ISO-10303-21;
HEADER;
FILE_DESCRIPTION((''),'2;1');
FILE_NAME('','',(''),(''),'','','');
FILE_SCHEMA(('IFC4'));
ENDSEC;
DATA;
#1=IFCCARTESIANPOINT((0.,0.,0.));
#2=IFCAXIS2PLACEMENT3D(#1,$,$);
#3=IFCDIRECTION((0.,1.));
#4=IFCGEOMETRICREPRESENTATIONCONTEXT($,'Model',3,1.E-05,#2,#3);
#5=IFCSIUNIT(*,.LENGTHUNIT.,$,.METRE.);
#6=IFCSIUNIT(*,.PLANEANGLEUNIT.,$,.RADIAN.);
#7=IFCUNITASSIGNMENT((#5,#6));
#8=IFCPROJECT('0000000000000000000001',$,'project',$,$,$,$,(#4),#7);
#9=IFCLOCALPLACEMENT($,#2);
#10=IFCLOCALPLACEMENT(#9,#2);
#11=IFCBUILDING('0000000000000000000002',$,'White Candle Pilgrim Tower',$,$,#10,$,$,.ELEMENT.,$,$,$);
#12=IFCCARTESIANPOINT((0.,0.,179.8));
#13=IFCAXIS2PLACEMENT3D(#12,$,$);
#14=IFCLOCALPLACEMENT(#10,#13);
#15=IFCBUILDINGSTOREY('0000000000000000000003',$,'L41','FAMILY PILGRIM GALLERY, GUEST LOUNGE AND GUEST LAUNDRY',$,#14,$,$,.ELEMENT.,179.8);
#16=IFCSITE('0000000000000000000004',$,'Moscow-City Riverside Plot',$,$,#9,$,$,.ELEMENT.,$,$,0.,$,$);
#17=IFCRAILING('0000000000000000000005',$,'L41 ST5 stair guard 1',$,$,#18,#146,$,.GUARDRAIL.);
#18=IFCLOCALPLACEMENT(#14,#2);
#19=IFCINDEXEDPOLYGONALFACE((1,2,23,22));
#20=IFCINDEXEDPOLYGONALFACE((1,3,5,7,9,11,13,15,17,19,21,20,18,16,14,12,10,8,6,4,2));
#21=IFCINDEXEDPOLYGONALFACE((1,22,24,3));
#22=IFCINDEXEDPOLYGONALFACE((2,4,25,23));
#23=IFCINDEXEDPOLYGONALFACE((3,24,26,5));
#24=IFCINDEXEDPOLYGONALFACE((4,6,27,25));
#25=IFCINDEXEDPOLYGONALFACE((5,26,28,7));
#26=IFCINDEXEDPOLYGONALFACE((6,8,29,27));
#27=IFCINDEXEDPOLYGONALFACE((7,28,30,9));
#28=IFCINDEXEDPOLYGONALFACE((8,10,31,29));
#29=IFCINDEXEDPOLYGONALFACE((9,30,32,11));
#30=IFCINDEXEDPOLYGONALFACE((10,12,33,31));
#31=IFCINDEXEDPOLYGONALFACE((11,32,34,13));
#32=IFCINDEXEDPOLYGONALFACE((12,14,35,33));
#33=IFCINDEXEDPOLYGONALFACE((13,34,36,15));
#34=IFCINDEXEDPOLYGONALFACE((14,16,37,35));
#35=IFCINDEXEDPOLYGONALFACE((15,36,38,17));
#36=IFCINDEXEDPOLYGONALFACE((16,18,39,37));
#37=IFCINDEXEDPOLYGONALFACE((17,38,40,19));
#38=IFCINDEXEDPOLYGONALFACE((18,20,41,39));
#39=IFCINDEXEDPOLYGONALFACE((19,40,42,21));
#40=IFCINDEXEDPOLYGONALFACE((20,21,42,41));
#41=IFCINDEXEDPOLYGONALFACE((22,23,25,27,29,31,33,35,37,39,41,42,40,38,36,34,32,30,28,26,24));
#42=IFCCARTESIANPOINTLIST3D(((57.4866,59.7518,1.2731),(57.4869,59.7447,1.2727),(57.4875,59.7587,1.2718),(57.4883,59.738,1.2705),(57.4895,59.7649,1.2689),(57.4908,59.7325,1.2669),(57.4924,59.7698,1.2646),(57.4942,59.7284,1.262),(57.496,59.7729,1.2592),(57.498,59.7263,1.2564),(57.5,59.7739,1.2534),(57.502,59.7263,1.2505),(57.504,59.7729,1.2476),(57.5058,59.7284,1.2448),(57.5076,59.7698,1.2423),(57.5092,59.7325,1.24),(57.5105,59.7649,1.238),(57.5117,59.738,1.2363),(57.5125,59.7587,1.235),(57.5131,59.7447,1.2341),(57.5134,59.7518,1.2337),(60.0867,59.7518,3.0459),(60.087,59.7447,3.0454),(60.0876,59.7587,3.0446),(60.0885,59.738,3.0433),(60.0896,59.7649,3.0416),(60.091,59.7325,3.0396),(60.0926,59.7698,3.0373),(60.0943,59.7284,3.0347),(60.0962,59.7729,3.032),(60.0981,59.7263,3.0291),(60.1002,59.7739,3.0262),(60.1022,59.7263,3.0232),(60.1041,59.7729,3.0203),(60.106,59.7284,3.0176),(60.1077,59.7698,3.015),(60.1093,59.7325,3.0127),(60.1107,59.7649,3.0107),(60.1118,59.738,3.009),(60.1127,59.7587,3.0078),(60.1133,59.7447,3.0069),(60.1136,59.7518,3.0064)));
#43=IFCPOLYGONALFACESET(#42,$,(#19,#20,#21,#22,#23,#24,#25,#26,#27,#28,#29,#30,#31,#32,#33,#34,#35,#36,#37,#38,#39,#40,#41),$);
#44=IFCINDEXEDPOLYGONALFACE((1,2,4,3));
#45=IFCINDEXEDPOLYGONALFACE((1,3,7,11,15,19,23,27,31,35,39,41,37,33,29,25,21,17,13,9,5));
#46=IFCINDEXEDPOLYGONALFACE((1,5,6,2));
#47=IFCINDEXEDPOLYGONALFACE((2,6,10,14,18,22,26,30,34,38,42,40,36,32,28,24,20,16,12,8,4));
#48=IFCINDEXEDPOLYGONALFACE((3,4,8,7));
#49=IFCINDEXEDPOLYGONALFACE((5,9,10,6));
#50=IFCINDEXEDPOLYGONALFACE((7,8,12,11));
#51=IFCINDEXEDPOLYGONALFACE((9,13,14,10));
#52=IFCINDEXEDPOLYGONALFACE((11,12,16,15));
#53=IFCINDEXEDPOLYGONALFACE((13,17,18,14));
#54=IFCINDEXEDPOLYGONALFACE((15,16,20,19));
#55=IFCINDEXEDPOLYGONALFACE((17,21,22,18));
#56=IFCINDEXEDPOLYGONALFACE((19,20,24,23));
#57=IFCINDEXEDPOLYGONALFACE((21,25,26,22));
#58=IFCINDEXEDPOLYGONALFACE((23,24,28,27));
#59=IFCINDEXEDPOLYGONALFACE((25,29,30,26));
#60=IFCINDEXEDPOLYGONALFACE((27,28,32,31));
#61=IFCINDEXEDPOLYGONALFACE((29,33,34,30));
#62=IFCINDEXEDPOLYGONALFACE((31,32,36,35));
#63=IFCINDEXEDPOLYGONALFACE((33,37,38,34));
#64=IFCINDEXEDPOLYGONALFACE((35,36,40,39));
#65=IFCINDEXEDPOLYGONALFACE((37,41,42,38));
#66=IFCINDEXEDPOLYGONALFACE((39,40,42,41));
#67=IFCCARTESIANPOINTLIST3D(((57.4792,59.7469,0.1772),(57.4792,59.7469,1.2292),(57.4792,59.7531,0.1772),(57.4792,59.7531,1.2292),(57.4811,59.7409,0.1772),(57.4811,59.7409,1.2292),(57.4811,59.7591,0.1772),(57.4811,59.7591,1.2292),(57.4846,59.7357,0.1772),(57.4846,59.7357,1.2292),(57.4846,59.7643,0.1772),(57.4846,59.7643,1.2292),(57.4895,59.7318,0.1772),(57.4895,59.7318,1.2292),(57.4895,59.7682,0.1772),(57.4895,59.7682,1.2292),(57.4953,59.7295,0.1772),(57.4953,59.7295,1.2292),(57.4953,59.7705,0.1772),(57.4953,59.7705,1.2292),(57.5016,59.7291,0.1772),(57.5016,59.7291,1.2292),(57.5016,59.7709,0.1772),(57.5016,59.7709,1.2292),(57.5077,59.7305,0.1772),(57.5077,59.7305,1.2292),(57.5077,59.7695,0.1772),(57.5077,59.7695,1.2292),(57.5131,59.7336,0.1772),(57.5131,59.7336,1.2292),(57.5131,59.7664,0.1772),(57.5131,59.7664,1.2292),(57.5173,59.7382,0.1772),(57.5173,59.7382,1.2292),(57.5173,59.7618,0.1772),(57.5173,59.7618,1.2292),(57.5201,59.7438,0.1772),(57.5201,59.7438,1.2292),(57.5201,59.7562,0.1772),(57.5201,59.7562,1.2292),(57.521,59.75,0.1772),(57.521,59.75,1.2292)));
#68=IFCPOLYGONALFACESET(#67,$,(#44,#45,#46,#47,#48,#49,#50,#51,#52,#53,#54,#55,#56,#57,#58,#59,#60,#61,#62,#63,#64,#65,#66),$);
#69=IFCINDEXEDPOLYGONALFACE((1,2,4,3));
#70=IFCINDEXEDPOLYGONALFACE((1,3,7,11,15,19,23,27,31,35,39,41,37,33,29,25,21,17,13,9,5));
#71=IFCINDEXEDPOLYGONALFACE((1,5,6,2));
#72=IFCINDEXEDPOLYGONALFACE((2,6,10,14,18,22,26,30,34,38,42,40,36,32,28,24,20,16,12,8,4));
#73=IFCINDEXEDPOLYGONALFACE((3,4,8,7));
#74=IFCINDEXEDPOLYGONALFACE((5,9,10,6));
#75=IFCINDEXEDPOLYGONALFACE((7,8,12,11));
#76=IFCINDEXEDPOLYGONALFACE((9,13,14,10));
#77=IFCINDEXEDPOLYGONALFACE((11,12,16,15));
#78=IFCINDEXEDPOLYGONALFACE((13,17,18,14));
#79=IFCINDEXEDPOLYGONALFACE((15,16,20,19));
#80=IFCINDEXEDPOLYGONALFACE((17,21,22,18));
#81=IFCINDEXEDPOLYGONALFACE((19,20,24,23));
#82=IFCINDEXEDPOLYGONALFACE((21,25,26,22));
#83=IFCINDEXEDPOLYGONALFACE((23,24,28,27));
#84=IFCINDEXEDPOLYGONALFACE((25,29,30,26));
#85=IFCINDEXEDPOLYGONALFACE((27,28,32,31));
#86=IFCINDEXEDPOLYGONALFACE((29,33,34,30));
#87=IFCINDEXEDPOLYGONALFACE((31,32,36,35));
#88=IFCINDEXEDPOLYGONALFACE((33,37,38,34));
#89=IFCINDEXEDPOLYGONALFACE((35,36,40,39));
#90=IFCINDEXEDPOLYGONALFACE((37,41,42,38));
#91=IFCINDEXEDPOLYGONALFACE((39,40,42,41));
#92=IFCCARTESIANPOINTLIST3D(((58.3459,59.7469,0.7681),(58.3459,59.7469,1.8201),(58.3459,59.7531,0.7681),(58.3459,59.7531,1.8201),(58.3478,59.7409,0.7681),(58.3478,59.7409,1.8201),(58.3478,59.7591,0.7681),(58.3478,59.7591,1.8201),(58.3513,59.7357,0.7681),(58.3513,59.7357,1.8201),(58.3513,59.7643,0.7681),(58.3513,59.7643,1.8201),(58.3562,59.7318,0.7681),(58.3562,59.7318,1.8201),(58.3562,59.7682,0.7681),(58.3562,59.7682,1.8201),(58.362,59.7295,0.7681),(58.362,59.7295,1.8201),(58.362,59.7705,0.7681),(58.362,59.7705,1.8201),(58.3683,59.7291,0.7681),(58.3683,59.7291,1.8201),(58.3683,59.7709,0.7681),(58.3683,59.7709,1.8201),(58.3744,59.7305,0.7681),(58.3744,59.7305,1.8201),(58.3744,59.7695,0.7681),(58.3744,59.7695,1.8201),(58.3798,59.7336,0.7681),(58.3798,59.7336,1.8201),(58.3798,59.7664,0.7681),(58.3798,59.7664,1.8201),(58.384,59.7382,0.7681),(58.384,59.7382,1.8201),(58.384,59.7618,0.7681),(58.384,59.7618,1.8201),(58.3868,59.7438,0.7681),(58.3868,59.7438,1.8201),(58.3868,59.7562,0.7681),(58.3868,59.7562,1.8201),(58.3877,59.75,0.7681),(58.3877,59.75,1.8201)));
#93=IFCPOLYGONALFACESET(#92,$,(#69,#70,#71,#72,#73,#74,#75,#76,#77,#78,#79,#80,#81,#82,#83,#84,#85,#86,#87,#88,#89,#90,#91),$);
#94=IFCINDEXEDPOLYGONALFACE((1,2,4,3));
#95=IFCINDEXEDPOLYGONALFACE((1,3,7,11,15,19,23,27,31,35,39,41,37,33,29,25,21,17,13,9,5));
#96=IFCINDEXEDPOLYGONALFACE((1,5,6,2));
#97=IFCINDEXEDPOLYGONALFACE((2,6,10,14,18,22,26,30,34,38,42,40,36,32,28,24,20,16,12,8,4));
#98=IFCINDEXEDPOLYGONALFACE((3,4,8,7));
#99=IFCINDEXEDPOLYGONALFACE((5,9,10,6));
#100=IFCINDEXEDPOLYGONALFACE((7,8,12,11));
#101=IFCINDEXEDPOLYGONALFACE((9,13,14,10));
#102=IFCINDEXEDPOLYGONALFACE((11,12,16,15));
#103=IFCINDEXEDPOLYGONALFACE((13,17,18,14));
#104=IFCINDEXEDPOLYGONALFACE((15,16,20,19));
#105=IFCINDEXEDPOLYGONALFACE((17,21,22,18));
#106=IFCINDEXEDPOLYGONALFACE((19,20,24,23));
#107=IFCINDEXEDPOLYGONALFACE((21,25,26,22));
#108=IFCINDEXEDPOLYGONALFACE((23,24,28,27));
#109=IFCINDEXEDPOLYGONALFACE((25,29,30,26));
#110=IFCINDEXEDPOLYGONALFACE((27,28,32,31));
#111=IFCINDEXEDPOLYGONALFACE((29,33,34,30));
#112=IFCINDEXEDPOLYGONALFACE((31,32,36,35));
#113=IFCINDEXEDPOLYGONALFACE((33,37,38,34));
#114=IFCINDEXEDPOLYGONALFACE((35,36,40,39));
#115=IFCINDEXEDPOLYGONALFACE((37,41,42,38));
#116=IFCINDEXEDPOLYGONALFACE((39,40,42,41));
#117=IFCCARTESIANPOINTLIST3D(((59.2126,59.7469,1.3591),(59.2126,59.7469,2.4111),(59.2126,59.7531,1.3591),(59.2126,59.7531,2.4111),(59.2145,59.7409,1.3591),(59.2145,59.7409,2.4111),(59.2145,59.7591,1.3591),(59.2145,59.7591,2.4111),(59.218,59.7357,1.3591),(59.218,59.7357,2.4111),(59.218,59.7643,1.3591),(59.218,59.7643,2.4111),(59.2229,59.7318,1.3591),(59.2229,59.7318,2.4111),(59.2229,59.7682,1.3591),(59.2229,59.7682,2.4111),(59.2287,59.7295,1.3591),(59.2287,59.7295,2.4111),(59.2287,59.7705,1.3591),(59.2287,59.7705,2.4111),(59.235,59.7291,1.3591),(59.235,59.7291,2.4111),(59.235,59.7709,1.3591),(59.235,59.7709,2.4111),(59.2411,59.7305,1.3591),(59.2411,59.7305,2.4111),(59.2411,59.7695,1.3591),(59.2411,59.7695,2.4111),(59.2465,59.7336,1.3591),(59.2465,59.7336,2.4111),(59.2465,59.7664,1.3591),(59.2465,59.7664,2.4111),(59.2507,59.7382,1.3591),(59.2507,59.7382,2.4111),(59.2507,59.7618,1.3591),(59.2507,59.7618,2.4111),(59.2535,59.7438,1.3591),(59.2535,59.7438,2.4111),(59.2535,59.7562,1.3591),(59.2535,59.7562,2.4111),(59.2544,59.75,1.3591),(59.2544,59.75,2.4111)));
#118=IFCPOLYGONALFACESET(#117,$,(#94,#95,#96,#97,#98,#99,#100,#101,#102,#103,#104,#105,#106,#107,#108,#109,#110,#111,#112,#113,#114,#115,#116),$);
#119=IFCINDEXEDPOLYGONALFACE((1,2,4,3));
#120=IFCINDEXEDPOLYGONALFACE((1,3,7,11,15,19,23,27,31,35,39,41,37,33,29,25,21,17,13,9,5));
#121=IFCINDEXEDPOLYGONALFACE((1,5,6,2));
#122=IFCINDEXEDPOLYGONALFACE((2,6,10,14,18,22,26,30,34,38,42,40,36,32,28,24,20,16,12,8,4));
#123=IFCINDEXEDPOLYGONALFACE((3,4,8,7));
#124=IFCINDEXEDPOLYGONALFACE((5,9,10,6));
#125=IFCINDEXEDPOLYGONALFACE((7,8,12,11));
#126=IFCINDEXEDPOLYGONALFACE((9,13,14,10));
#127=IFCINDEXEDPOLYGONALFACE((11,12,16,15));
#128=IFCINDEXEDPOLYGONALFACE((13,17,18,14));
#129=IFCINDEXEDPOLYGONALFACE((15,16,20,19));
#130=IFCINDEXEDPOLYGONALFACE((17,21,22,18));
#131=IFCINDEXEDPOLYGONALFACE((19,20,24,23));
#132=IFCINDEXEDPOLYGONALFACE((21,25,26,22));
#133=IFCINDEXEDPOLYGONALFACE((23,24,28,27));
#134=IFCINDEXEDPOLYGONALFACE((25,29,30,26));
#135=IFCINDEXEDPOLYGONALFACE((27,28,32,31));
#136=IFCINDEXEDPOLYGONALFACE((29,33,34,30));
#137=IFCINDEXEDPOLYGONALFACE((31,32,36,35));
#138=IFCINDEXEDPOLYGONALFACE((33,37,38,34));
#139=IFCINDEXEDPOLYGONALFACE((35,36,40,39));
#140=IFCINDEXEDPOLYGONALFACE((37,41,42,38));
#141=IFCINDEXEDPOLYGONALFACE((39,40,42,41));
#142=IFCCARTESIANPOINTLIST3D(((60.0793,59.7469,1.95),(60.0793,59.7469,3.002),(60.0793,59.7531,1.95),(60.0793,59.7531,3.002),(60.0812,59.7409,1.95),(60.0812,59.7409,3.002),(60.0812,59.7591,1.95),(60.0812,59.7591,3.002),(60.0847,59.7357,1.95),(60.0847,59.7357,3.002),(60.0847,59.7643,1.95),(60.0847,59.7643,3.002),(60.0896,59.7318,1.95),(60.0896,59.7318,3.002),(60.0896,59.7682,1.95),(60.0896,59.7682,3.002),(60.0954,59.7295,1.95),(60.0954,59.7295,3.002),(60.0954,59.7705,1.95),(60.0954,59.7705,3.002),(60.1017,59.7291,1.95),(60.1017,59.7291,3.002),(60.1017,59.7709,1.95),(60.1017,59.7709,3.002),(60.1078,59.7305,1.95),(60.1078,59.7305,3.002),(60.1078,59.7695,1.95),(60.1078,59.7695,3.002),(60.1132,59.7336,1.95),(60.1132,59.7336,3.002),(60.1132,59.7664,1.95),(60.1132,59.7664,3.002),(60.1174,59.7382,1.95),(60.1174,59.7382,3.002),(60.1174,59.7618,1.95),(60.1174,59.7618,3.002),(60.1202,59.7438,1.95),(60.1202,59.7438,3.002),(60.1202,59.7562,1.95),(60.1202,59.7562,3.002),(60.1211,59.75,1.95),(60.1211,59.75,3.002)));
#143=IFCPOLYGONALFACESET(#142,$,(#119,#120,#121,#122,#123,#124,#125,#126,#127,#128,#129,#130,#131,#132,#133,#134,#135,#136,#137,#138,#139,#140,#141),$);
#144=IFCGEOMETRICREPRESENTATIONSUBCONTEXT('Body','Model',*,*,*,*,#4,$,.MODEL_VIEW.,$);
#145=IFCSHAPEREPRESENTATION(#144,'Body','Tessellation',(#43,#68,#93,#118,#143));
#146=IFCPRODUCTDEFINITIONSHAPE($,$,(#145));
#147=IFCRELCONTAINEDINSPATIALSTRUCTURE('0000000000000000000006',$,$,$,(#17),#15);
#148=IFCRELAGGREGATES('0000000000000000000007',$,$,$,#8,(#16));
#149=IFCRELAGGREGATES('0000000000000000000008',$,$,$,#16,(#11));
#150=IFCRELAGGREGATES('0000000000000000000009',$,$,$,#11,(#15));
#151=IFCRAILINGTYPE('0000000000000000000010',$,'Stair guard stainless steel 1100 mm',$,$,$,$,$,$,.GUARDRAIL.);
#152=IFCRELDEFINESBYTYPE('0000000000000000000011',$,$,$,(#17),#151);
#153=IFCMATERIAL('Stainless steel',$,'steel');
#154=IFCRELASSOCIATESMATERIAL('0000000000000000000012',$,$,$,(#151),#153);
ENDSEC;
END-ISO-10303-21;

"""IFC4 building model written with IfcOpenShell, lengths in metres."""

from ifc_helpers import new_model, si_unit, direction, frame, origin, origin_2d, place, context, subcontext, project, spatial, circle, extrude, material, type_object, element, save


model = new_model("IFC4")

# Units and contexts
model_context = context("Model", 3, precision=1e-05, world=origin(), true_north=direction((0.0, 1.0)))
body_context = subcontext(model_context, "Body", "Model", "MODEL_VIEW")
ifc_project = project(units=[si_unit("LENGTHUNIT", "METRE"), si_unit("PLANEANGLEUNIT", "RADIAN")], contexts=[model_context])

# Site, building, storey
site_placement = place(None, origin())
site = spatial("IfcSite", under=ifc_project, at=site_placement, Name="Moscow-City Riverside Plot", CompositionType="ELEMENT", RefElevation=0.0)
building_placement = place(site_placement, origin())
building = spatial("IfcBuilding", under=site, at=building_placement, Name="White Candle Pilgrim Tower", CompositionType="ELEMENT")
storey_placement = place(building_placement, frame((0.0, 0.0, 179.8)))
storey = spatial("IfcBuildingStorey", under=building, at=storey_placement, Name="L41", Description="FAMILY PILGRIM GALLERY, GUEST LOUNGE AND GUEST LAUNDRY", CompositionType="ELEMENT", Elevation=179.8)

# Railing
ifc_material_1 = material(Name="Stainless steel", Category="steel")
railing_type_1 = type_object("IfcRailingType", Name="Stair guard stainless steel 1100 mm", PredefinedType="GUARDRAIL", material=ifc_material_1)
railing_1_placement = place(storey_placement, frame((57.5, 59.75, 0.1772)))
element("IfcRailing", 1, at=railing_1_placement, inside=storey, type_object=railing_type_1, Name="L41 ST5 stair guard 1", PredefinedType="GUARDRAIL", context=body_context, shape_type="SweptSolid", body=[
    extrude(circle(Radius=0.0239, at=origin_2d()), frame((0.0, 0.0, 1.0762), z_axis=(0.82624, 0.0, 0.563318), x_axis=(0.0, 1.0, 0.0)), (0.0, 0.0, 1.0), 3.147),
    extrude(circle(Radius=0.021, at=origin_2d()), origin(), (0.0, 0.0, 1.0), 1.052),
    extrude(circle(Radius=0.021, at=origin_2d()), frame((0.8667, 0.0, 0.5908)), (0.0, 0.0, 1.0), 1.052),
    extrude(circle(Radius=0.021, at=origin_2d()), frame((1.7334, 0.0, 1.1819)), (0.0, 0.0, 1.0), 1.052),
    extrude(circle(Radius=0.021, at=origin_2d()), frame((2.6001, 0.0, 1.7727)), (0.0, 0.0, 1.0), 1.052),
])

save(model, "model.ifc")
